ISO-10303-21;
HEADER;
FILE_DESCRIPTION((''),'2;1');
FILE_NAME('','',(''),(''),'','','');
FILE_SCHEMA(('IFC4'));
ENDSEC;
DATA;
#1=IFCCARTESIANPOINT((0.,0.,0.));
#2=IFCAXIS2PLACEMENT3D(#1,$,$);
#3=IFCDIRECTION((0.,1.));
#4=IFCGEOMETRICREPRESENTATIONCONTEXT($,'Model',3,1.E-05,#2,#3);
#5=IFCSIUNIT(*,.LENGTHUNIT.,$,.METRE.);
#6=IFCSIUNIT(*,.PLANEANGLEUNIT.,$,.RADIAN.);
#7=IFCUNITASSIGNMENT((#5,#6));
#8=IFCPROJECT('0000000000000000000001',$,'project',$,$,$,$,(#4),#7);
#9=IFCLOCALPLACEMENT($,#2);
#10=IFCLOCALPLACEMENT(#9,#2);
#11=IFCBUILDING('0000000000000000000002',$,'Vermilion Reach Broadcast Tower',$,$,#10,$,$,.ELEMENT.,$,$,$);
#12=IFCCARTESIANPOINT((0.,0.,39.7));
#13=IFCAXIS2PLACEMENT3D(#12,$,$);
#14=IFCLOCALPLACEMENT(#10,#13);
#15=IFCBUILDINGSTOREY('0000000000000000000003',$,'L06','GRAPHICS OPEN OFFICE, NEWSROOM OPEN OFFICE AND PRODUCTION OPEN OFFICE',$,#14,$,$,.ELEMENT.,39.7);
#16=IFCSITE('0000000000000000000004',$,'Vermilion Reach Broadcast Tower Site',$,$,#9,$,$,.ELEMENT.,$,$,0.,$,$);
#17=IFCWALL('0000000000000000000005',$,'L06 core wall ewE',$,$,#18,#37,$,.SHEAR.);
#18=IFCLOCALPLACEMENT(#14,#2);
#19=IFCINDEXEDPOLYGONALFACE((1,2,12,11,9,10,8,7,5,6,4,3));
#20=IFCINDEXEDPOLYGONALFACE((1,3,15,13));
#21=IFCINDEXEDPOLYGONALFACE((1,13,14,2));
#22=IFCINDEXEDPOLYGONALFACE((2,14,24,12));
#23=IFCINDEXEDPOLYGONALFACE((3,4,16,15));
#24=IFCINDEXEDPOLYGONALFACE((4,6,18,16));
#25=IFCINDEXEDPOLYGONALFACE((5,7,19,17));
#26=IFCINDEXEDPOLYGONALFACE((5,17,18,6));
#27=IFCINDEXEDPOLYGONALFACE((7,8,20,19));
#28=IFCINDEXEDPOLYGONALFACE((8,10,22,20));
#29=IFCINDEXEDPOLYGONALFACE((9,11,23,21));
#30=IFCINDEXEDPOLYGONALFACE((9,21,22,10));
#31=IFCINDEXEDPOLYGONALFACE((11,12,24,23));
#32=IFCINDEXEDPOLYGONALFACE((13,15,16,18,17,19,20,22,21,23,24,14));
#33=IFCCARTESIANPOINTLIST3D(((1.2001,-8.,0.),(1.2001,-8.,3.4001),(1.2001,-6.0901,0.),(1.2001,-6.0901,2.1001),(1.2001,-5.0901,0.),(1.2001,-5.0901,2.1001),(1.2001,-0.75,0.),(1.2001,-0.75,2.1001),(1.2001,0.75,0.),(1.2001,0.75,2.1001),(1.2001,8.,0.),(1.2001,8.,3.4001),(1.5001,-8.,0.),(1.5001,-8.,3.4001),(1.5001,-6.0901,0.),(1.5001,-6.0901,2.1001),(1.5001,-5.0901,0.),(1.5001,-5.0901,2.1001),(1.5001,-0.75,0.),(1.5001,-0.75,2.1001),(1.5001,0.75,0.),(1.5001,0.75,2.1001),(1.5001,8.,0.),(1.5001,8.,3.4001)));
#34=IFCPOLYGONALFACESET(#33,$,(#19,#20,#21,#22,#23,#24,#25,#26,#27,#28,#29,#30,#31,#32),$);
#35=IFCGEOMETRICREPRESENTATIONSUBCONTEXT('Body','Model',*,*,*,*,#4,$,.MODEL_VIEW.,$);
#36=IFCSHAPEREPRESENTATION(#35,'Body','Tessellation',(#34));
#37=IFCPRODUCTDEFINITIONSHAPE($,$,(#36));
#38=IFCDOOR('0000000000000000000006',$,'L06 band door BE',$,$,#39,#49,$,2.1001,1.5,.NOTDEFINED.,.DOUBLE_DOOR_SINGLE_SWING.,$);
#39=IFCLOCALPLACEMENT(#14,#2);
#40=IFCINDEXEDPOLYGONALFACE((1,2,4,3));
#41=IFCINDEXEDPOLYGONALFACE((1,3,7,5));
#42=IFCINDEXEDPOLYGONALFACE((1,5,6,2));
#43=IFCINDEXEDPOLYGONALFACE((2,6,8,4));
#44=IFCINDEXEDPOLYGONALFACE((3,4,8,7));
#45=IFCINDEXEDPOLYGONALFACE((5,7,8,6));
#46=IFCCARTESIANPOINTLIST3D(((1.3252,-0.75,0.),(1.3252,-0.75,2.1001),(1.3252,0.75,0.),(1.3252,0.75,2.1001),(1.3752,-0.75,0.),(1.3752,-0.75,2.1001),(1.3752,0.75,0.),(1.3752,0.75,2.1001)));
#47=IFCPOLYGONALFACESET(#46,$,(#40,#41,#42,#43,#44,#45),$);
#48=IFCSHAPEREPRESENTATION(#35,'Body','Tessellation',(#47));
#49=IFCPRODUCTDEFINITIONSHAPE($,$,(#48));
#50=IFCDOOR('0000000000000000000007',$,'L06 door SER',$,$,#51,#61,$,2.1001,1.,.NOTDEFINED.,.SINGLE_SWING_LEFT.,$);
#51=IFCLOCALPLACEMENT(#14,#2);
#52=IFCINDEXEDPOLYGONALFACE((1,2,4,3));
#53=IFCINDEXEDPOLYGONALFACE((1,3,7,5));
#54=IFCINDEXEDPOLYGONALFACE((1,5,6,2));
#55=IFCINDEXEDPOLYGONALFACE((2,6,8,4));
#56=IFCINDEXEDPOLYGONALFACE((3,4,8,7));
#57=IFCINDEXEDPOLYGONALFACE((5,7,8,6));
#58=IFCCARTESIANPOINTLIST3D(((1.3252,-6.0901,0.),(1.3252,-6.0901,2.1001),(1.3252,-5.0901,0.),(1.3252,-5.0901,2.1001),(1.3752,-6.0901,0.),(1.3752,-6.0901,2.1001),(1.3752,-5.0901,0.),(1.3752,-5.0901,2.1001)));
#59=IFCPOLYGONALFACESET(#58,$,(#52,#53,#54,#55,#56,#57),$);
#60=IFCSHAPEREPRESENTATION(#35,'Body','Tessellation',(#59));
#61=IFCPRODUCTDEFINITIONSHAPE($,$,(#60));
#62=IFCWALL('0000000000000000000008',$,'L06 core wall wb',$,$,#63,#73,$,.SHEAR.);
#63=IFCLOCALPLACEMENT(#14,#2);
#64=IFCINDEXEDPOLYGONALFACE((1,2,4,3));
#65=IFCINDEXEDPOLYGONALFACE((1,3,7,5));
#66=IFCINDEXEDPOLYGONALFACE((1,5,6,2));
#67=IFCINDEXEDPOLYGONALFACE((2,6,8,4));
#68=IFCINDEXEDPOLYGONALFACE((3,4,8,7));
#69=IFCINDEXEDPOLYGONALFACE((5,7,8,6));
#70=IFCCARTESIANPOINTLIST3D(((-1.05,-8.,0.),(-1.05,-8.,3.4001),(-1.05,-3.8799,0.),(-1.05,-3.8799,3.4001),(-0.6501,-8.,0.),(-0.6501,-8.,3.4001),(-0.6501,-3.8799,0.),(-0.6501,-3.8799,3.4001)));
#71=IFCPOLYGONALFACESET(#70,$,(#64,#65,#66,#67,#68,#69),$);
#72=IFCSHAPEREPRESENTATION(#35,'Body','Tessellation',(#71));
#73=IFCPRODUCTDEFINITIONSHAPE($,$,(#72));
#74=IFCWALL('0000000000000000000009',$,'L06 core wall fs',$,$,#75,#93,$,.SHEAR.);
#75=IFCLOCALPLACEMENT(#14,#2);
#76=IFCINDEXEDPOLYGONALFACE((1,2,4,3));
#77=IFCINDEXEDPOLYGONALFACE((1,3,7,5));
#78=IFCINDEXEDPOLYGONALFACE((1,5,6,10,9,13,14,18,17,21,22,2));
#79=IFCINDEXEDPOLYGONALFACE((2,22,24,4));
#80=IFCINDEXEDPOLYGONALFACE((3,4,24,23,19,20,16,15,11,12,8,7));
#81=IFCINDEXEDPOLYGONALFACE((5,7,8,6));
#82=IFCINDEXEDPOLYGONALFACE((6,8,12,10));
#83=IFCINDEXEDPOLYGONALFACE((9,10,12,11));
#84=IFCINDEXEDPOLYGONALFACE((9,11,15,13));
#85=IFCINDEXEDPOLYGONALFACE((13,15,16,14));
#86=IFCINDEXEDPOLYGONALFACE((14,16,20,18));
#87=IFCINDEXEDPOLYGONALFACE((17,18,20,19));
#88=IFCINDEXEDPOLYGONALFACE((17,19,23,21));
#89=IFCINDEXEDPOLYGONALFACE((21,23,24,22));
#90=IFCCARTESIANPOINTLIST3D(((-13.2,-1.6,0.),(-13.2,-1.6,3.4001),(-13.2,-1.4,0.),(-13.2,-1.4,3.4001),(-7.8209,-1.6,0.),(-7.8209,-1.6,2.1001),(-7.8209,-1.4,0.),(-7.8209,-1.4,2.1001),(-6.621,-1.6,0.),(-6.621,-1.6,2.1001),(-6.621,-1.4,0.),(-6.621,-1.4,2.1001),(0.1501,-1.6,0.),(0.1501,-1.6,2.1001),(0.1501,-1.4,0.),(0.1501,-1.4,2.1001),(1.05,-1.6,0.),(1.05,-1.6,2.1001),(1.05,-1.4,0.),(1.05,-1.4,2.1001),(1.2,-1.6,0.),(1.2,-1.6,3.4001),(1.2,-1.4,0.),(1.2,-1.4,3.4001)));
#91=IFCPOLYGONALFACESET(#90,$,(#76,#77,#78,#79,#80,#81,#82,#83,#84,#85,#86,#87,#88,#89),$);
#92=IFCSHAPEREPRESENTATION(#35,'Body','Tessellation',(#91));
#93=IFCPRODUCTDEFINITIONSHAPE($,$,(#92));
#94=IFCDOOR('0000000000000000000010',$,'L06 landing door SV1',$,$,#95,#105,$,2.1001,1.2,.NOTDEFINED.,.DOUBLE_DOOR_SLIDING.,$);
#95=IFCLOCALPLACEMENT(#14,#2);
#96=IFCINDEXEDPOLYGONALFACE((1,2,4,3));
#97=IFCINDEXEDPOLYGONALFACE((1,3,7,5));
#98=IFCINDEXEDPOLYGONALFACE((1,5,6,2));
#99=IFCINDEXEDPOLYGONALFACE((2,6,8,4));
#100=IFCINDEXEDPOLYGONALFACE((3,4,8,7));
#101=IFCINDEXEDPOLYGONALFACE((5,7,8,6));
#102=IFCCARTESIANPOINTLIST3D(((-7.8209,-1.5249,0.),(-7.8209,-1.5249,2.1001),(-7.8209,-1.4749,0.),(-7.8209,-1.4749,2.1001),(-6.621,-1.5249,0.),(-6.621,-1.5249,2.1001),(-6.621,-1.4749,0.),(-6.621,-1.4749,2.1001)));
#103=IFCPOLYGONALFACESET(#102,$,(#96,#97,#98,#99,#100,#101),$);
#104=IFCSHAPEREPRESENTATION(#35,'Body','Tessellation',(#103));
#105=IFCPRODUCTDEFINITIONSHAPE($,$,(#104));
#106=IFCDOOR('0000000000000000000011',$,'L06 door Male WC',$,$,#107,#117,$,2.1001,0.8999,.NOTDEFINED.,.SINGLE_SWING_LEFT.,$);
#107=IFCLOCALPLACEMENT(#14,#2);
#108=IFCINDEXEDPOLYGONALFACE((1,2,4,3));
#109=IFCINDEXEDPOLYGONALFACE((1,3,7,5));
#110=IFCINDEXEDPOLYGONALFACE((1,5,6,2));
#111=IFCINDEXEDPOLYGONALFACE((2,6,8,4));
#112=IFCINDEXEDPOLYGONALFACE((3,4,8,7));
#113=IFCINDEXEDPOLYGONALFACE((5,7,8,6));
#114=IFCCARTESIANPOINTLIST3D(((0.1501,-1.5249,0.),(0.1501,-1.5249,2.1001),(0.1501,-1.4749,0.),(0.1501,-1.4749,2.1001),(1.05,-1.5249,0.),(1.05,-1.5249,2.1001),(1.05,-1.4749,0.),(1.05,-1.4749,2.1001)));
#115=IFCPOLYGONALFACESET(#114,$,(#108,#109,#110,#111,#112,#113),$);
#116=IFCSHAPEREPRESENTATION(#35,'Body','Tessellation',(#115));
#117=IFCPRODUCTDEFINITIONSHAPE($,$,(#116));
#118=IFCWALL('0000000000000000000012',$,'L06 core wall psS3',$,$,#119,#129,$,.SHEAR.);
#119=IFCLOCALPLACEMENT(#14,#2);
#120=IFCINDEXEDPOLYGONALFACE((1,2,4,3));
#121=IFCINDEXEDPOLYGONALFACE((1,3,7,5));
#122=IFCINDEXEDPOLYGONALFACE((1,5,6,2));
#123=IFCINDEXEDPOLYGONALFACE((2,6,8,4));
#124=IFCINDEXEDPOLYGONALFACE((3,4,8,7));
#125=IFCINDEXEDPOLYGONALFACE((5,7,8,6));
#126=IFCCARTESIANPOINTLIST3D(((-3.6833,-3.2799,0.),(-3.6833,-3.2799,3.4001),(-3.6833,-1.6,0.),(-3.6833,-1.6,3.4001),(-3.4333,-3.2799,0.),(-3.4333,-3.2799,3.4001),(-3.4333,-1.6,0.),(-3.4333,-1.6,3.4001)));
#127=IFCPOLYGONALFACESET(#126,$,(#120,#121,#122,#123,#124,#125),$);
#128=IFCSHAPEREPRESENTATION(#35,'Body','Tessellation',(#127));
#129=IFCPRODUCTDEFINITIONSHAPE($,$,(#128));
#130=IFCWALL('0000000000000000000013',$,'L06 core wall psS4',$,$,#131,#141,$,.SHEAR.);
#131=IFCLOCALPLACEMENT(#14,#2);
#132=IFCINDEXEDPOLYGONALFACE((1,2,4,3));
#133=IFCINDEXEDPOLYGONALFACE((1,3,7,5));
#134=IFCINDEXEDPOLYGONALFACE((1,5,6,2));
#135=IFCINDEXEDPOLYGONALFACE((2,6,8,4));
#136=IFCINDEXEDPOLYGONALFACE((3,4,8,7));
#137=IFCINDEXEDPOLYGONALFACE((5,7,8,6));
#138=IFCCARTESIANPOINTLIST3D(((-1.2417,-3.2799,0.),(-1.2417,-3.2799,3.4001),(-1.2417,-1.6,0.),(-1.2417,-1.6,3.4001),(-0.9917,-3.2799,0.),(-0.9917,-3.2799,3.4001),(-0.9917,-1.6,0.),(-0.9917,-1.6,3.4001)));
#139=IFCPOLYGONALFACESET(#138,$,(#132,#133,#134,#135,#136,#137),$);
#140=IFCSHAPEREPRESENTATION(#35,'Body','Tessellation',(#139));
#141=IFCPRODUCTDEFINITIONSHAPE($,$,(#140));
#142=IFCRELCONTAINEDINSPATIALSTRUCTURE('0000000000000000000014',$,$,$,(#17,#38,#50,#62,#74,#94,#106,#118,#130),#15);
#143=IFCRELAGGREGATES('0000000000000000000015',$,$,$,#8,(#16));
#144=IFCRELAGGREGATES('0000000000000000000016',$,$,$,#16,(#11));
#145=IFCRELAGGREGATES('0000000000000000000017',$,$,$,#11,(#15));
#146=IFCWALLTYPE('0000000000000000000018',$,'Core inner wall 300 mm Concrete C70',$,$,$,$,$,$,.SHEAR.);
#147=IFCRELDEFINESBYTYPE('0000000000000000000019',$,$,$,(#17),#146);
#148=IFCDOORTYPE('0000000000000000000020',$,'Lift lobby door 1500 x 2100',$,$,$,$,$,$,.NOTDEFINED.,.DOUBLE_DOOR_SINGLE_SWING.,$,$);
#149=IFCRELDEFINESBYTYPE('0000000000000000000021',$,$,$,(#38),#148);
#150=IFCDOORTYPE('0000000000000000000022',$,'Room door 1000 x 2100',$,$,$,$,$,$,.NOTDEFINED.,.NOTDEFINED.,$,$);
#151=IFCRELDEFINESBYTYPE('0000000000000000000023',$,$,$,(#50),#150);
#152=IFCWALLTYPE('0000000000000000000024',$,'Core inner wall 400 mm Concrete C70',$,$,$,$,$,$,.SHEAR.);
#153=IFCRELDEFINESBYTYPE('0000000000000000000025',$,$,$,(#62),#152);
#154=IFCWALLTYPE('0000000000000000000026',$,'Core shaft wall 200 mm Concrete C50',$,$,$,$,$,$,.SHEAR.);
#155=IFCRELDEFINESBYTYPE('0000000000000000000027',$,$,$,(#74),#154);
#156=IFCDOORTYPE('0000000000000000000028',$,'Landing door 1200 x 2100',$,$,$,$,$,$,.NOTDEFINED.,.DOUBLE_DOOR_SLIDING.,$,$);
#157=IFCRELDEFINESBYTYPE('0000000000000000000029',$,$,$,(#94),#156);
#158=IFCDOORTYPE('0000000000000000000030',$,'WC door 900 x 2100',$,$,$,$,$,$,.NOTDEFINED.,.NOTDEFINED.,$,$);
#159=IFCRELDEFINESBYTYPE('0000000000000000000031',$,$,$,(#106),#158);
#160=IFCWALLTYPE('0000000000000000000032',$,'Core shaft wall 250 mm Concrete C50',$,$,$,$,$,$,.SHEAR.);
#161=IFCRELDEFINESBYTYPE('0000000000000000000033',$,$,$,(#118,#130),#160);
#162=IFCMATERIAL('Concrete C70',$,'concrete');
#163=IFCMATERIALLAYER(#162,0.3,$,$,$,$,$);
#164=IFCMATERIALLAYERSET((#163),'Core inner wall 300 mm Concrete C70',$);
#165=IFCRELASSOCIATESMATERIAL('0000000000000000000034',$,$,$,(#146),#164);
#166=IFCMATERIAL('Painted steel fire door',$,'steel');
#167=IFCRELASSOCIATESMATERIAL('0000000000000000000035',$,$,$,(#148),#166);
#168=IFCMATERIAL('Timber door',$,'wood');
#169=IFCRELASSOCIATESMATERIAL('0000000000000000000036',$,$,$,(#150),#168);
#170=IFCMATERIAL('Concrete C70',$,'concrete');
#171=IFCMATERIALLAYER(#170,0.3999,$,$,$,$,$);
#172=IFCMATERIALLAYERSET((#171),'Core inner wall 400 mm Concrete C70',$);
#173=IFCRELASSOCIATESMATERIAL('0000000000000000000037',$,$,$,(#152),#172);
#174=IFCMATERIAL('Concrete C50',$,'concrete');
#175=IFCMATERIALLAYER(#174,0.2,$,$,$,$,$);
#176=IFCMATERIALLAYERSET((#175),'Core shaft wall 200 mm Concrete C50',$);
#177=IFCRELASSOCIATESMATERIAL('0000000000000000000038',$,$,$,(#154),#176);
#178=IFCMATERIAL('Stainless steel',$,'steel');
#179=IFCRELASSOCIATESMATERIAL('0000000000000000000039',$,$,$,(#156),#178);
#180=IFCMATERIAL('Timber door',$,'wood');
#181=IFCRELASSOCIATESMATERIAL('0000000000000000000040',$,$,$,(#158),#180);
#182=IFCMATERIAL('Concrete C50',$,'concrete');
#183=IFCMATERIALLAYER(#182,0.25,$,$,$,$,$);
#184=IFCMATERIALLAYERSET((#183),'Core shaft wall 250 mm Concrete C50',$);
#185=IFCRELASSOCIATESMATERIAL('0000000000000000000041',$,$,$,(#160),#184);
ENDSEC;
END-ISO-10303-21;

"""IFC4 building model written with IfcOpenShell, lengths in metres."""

from ifc_helpers import new_model, si_unit, direction, frame, frame_2d, origin, place, context, subcontext, project, spatial, rectangle, extrude, material, layer, layer_set, type_object, element, fill, save


model = new_model("IFC4")

# Units and contexts
model_context = context("Model", 3, precision=1e-05, world=origin(), true_north=direction((0.0, 1.0)))
body_context = subcontext(model_context, "Body", "Model", "MODEL_VIEW")
ifc_project = project(units=[si_unit("LENGTHUNIT", "METRE"), si_unit("PLANEANGLEUNIT", "RADIAN")], contexts=[model_context])

# Site, building, storey
site_placement = place(None, origin())
site = spatial("IfcSite", under=ifc_project, at=site_placement, Name="Vermilion Reach Broadcast Tower Site", CompositionType="ELEMENT", RefElevation=0.0)
building_placement = place(site_placement, origin())
building = spatial("IfcBuilding", under=site, at=building_placement, Name="Vermilion Reach Broadcast Tower", CompositionType="ELEMENT")
storey_placement = place(building_placement, frame((0.0, 0.0, 39.7)))
storey = spatial("IfcBuildingStorey", under=building, at=storey_placement, Name="L06", Description="GRAPHICS OPEN OFFICE, NEWSROOM OPEN OFFICE AND PRODUCTION OPEN OFFICE", CompositionType="ELEMENT", Elevation=39.7)

# Wall, openings, doors
ifc_material_1 = material(Name="Concrete C70", Category="concrete")
ifc_layer_1 = layer(ifc_material_1, 0.3)
ifc_layer_set_1 = layer_set([ifc_layer_1], Name="Core inner wall 300 mm Concrete C70")
wall_type_1 = type_object("IfcWallType", Name="Core inner wall 300 mm Concrete C70", PredefinedType="SHEAR", material=ifc_layer_set_1)
wall_1_placement = place(storey_placement, frame((1.3501, -8.0, 0.0), z_axis=(0.0, 0.0, 1.0), x_axis=(0.0, 1.0, 0.0)))
wall_1 = element("IfcWall", 1, at=wall_1_placement, inside=storey, type_object=wall_type_1, Name="L06 core wall ewE", PredefinedType="SHEAR", context=body_context, shape_type="SweptSolid", body=[
    extrude(rectangle(XDim=16.0, YDim=0.3, at=frame_2d((8.0, 0.0))), origin(), (0.0, 0.0, 1.0), 3.4001),
])
opening_1_placement = place(wall_1_placement, frame((1.9099, 0.0, 0.0)))
opening_1 = element("IfcOpeningElement", 2, at=opening_1_placement, cuts=wall_1, PredefinedType="OPENING", context=body_context, shape_type="SweptSolid", body=[
    extrude(rectangle(XDim=1.0, YDim=2.1001, at=frame_2d((0.5, 1.05))), frame((0.0, 0.1599, 0.0), z_axis=(0.0, -1.0, 0.0), x_axis=(1.0, 0.0, 0.0)), (0.0, 0.0, 1.0), 0.3201),
])
opening_2_placement = place(wall_1_placement, frame((7.25, 0.0, 0.0)))
opening_2 = element("IfcOpeningElement", 3, at=opening_2_placement, cuts=wall_1, PredefinedType="OPENING", context=body_context, shape_type="SweptSolid", body=[
    extrude(rectangle(XDim=1.5, YDim=2.1001, at=frame_2d((0.75, 1.05))), frame((0.0, 0.1599, 0.0), z_axis=(0.0, -1.0, 0.0), x_axis=(1.0, 0.0, 0.0)), (0.0, 0.0, 1.0), 0.3201),
])
ifc_material_2 = material(Name="Painted steel fire door", Category="steel")
door_type_1 = type_object("IfcDoorType", Name="Lift lobby door 1500 x 2100", OperationType="DOUBLE_DOOR_SINGLE_SWING", PredefinedType="NOTDEFINED", material=ifc_material_2)
door_1_placement = place(opening_2_placement, origin())
door_1 = element("IfcDoor", 4, at=door_1_placement, inside=storey, type_object=door_type_1, Name="L06 band door BE", OperationType="DOUBLE_DOOR_SINGLE_SWING", OverallHeight=2.1001, OverallWidth=1.5, PredefinedType="NOTDEFINED", context=body_context, shape_type="SweptSolid", body=[
    extrude(rectangle(XDim=1.5, YDim=2.1001, at=frame_2d((0.75, 1.05))), frame((0.0, 0.0249, 0.0), z_axis=(0.0, -1.0, 0.0), x_axis=(1.0, 0.0, 0.0)), (0.0, 0.0, 1.0), 0.05),
])
fill(opening_2, door_1)
ifc_material_3 = material(Name="Timber door", Category="wood")
door_type_2 = type_object("IfcDoorType", Name="Room door 1000 x 2100", OperationType="NOTDEFINED", PredefinedType="NOTDEFINED", material=ifc_material_3)
door_2_placement = place(opening_1_placement, origin())
door_2 = element("IfcDoor", 5, at=door_2_placement, inside=storey, type_object=door_type_2, Name="L06 door SER", OperationType="SINGLE_SWING_LEFT", OverallHeight=2.1001, OverallWidth=1.0, PredefinedType="NOTDEFINED", context=body_context, shape_type="SweptSolid", body=[
    extrude(rectangle(XDim=1.0, YDim=2.1001, at=frame_2d((0.5, 1.05))), frame((0.0, 0.0249, 0.0), z_axis=(0.0, -1.0, 0.0), x_axis=(1.0, 0.0, 0.0)), (0.0, 0.0, 1.0), 0.05),
])
fill(opening_1, door_2)

# Wall
ifc_material_4 = material(Name="Concrete C70", Category="concrete")
ifc_layer_2 = layer(ifc_material_4, 0.3999)
ifc_layer_set_2 = layer_set([ifc_layer_2], Name="Core inner wall 400 mm Concrete C70")
wall_type_2 = type_object("IfcWallType", Name="Core inner wall 400 mm Concrete C70", PredefinedType="SHEAR", material=ifc_layer_set_2)
wall_2_placement = place(storey_placement, frame((-0.8501, -3.8799, 0.0), z_axis=(0.0, 0.0, 1.0), x_axis=(0.0, -1.0, 0.0)))
element("IfcWall", 6, at=wall_2_placement, inside=storey, type_object=wall_type_2, Name="L06 core wall wb", PredefinedType="SHEAR", context=body_context, shape_type="SweptSolid", body=[
    extrude(rectangle(XDim=4.1201, YDim=0.3999, at=frame_2d((2.0601, 0.0))), origin(), (0.0, 0.0, 1.0), 3.4001),
])

# Wall, openings, doors
ifc_material_5 = material(Name="Concrete C50", Category="concrete")
ifc_layer_3 = layer(ifc_material_5, 0.2)
ifc_layer_set_3 = layer_set([ifc_layer_3], Name="Core shaft wall 200 mm Concrete C50")
wall_type_3 = type_object("IfcWallType", Name="Core shaft wall 200 mm Concrete C50", PredefinedType="SHEAR", material=ifc_layer_set_3)
wall_3_placement = place(storey_placement, frame((1.2, -1.5, 0.0), z_axis=(0.0, 0.0, 1.0), x_axis=(-1.0, 0.0, 0.0)))
wall_3 = element("IfcWall", 7, at=wall_3_placement, inside=storey, type_object=wall_type_3, Name="L06 core wall fs", PredefinedType="SHEAR", context=body_context, shape_type="SweptSolid", body=[
    extrude(rectangle(XDim=14.3999, YDim=0.2, at=frame_2d((7.2, 0.0))), origin(), (0.0, 0.0, 1.0), 3.4001),
])
opening_3_placement = place(wall_3_placement, frame((7.8208, 0.0, 0.0)))
opening_3 = element("IfcOpeningElement", 8, at=opening_3_placement, cuts=wall_3, PredefinedType="OPENING", context=body_context, shape_type="SweptSolid", body=[
    extrude(rectangle(XDim=1.2, YDim=2.1001, at=frame_2d((0.6001, 1.05))), frame((0.0, 0.1099, 0.0), z_axis=(0.0, -1.0, 0.0), x_axis=(1.0, 0.0, 0.0)), (0.0, 0.0, 1.0), 0.22),
])
opening_4_placement = place(wall_3_placement, frame((0.1499, 0.0, 0.0)))
opening_4 = element("IfcOpeningElement", 9, at=opening_4_placement, cuts=wall_3, PredefinedType="OPENING", context=body_context, shape_type="SweptSolid", body=[
    extrude(rectangle(XDim=0.8999, YDim=2.1001, at=frame_2d((0.45, 1.05))), frame((0.0, 0.1099, 0.0), z_axis=(0.0, -1.0, 0.0), x_axis=(1.0, 0.0, 0.0)), (0.0, 0.0, 1.0), 0.22),
])
ifc_material_6 = material(Name="Stainless steel", Category="steel")
door_type_3 = type_object("IfcDoorType", Name="Landing door 1200 x 2100", OperationType="DOUBLE_DOOR_SLIDING", PredefinedType="NOTDEFINED", material=ifc_material_6)
door_3_placement = place(opening_3_placement, origin())
door_3 = element("IfcDoor", 10, at=door_3_placement, inside=storey, type_object=door_type_3, Name="L06 landing door SV1", OperationType="DOUBLE_DOOR_SLIDING", OverallHeight=2.1001, OverallWidth=1.2, PredefinedType="NOTDEFINED", context=body_context, shape_type="SweptSolid", body=[
    extrude(rectangle(XDim=1.2, YDim=2.1001, at=frame_2d((0.6001, 1.05))), frame((0.0, 0.0249, 0.0), z_axis=(0.0, -1.0, 0.0), x_axis=(1.0, 0.0, 0.0)), (0.0, 0.0, 1.0), 0.05),
])
fill(opening_3, door_3)
ifc_material_7 = material(Name="Timber door", Category="wood")
door_type_4 = type_object("IfcDoorType", Name="WC door 900 x 2100", OperationType="NOTDEFINED", PredefinedType="NOTDEFINED", material=ifc_material_7)
door_4_placement = place(opening_4_placement, origin())
door_4 = element("IfcDoor", 11, at=door_4_placement, inside=storey, type_object=door_type_4, Name="L06 door Male WC", OperationType="SINGLE_SWING_LEFT", OverallHeight=2.1001, OverallWidth=0.8999, PredefinedType="NOTDEFINED", context=body_context, shape_type="SweptSolid", body=[
    extrude(rectangle(XDim=0.8999, YDim=2.1001, at=frame_2d((0.45, 1.05))), frame((0.0, 0.0249, 0.0), z_axis=(0.0, -1.0, 0.0), x_axis=(1.0, 0.0, 0.0)), (0.0, 0.0, 1.0), 0.05),
])
fill(opening_4, door_4)

# Walls
ifc_material_8 = material(Name="Concrete C50", Category="concrete")
ifc_layer_4 = layer(ifc_material_8, 0.25)
ifc_layer_set_4 = layer_set([ifc_layer_4], Name="Core shaft wall 250 mm Concrete C50")
wall_type_4 = type_object("IfcWallType", Name="Core shaft wall 250 mm Concrete C50", PredefinedType="SHEAR", material=ifc_layer_set_4)
for number, where, z_axis, x_axis, name in (
    (12, (-3.5583, -1.6001, 0.0), (0.0, 0.0, 1.0), (0.0, -1.0, 0.0), "L06 core wall psS3"),
    (13, (-1.1167, -1.6001, 0.0), (0.0, 0.0, 1.0), (0.0, -1.0, 0.0), "L06 core wall psS4"),
):
    element("IfcWall", number, at=place(storey_placement, frame(where, z_axis=z_axis, x_axis=x_axis)), inside=storey, type_object=wall_type_4, Name=name, PredefinedType="SHEAR", context=body_context, shape_type="SweptSolid", body=[
        extrude(rectangle(XDim=1.6799, YDim=0.25, at=frame_2d((0.8398, 0.0))), origin(), (0.0, 0.0, 1.0), 3.4001),
    ])

save(model, "model.ifc")
